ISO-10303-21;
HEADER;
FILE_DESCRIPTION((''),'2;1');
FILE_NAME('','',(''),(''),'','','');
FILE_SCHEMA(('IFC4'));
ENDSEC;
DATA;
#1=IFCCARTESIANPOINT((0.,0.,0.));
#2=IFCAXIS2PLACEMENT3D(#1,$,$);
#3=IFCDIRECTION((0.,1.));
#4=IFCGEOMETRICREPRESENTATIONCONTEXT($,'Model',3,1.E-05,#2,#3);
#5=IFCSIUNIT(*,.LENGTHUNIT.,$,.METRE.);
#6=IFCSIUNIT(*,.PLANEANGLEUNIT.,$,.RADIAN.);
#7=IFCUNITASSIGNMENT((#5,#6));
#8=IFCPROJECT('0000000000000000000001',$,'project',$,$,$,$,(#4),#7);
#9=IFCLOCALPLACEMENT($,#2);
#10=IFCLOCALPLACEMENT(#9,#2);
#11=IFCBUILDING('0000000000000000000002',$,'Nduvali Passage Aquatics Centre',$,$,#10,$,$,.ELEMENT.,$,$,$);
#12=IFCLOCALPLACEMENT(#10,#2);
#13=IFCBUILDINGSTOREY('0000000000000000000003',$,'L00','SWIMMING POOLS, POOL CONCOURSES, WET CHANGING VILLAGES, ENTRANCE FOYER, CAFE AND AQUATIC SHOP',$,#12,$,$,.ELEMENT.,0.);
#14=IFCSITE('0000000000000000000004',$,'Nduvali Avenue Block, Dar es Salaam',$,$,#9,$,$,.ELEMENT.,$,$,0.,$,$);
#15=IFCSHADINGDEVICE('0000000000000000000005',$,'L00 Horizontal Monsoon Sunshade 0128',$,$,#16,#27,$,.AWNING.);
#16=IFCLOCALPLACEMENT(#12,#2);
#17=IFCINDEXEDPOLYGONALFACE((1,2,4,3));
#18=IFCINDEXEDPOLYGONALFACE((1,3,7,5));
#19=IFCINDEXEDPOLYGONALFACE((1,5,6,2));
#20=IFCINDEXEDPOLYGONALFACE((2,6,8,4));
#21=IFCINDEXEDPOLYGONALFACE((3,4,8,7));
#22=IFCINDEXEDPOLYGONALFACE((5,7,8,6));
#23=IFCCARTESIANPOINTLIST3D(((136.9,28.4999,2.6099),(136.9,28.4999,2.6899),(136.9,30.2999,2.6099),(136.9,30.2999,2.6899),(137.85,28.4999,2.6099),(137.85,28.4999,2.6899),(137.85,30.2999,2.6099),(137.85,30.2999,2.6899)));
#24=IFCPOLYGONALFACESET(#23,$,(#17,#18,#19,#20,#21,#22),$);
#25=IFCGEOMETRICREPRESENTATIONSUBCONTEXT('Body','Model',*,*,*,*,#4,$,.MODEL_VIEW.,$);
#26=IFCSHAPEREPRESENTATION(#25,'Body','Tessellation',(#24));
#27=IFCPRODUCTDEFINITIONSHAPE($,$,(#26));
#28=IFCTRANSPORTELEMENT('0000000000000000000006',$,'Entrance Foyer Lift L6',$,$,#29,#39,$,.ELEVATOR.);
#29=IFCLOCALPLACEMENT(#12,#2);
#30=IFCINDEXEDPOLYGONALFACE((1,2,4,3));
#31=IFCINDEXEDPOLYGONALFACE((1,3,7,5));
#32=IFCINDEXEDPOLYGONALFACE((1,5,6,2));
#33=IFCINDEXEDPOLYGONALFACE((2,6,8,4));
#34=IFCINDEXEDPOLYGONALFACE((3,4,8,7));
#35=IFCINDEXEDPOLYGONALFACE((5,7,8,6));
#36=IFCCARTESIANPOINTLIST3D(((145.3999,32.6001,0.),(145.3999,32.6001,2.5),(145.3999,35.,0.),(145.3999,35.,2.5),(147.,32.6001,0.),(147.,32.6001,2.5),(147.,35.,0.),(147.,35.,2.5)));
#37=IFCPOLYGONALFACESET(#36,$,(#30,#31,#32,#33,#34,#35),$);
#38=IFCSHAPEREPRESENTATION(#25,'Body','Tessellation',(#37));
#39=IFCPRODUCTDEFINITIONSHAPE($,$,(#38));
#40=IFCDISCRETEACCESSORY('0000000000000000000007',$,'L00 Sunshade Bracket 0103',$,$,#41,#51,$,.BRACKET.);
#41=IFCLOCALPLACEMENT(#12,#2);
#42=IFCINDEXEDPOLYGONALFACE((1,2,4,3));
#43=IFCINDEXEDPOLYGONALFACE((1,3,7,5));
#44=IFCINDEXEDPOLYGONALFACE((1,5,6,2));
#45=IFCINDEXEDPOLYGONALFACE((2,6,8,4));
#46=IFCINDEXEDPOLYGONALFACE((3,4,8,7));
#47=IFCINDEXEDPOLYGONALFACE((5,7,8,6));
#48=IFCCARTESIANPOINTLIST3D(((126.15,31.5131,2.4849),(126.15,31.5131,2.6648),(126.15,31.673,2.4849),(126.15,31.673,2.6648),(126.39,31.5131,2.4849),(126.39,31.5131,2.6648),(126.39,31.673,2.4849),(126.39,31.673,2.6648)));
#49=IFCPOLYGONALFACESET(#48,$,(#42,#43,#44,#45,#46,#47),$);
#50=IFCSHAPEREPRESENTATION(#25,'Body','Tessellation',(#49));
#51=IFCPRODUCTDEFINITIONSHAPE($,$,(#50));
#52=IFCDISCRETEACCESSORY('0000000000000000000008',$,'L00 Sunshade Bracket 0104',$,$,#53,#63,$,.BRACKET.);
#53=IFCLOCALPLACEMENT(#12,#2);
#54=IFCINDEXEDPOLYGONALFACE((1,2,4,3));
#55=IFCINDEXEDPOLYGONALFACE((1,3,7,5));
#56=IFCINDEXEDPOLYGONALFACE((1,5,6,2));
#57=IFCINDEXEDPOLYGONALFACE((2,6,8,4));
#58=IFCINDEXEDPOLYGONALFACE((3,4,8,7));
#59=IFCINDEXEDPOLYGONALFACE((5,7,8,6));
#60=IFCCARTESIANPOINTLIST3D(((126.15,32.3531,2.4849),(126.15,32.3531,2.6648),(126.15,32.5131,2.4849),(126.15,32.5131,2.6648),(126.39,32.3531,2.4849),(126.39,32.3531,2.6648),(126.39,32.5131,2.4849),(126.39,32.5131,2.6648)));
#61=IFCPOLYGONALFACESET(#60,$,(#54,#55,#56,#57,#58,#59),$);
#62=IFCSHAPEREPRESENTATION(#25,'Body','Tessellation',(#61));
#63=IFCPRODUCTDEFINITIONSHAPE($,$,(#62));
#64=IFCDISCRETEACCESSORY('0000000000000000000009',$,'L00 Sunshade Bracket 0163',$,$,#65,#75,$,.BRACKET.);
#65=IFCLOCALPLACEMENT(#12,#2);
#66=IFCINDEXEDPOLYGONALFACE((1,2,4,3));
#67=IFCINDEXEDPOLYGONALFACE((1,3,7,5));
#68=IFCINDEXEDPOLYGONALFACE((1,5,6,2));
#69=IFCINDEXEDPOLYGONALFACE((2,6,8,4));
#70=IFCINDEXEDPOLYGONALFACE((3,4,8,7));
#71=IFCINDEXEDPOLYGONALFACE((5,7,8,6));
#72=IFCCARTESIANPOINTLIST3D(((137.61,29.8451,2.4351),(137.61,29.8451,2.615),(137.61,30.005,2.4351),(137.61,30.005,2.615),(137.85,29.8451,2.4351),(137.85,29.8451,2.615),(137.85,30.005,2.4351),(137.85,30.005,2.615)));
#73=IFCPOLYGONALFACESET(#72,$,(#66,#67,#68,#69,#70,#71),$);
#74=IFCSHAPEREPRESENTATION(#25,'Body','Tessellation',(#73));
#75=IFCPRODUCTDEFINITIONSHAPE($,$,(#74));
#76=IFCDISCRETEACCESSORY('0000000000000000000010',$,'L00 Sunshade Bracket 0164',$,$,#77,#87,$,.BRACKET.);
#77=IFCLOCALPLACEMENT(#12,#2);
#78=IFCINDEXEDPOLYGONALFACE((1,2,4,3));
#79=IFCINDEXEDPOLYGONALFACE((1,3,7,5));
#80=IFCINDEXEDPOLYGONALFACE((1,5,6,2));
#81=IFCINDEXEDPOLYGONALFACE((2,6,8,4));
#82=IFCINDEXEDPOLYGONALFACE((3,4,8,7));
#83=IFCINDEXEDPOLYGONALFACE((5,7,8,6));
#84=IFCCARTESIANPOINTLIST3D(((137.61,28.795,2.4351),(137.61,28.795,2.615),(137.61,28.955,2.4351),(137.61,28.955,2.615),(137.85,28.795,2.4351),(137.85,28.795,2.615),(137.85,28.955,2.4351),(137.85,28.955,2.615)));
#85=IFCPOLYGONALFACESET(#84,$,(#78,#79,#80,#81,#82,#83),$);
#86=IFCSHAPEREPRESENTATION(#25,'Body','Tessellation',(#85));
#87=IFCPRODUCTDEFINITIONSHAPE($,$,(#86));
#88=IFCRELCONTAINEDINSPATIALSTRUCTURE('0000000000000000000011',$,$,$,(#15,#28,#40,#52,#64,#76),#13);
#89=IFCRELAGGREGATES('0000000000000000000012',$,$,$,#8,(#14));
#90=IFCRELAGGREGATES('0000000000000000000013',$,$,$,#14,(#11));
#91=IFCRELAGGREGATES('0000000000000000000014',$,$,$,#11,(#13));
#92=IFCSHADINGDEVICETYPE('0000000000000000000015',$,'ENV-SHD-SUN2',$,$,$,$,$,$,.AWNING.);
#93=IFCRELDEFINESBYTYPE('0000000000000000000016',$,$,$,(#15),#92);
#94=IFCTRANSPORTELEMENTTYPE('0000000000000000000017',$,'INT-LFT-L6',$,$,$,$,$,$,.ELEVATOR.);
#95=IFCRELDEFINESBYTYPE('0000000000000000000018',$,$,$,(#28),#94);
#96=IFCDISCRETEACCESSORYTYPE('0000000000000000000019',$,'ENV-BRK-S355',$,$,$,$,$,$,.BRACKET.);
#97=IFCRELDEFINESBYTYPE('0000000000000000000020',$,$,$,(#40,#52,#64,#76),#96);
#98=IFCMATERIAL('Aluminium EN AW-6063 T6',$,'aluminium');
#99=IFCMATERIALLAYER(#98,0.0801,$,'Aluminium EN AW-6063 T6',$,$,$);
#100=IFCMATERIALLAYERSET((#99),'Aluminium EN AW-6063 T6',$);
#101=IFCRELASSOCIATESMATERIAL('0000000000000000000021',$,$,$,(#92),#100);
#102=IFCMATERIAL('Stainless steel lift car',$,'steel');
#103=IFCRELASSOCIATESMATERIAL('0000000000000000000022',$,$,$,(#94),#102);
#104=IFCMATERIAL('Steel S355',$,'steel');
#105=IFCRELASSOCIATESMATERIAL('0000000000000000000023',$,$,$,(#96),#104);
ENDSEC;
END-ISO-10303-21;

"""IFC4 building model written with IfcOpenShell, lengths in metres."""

from ifc_helpers import new_model, si_unit, direction, frame, origin, origin_2d, place, context, subcontext, project, spatial, rectangle, extrude, material, layer, layer_set, type_object, element, save


model = new_model("IFC4")

# Units and contexts
model_context = context("Model", 3, precision=1e-05, world=origin(), true_north=direction((0.0, 1.0)))
body_context = subcontext(model_context, "Body", "Model", "MODEL_VIEW")
ifc_project = project(units=[si_unit("LENGTHUNIT", "METRE"), si_unit("PLANEANGLEUNIT", "RADIAN")], contexts=[model_context])

# Site, building, storey
site_placement = place(None, origin())
site = spatial("IfcSite", under=ifc_project, at=site_placement, Name="Nduvali Avenue Block, Dar es Salaam", CompositionType="ELEMENT", RefElevation=0.0)
building_placement = place(site_placement, origin())
building = spatial("IfcBuilding", under=site, at=building_placement, Name="Nduvali Passage Aquatics Centre", CompositionType="ELEMENT")
storey_placement = place(building_placement, origin())
storey = spatial("IfcBuildingStorey", under=building, at=storey_placement, Name="L00", Description="SWIMMING POOLS, POOL CONCOURSES, WET CHANGING VILLAGES, ENTRANCE FOYER, CAFE AND AQUATIC SHOP", CompositionType="ELEMENT", Elevation=0.0)

# Shared definitions
ifc_material_1 = material(Name="Steel S355", Category="steel")

# Shared definitions
ifc_material_2 = material(Name="Aluminium EN AW-6063 T6", Category="aluminium")

# Shading device
ifc_layer_1 = layer(ifc_material_2, 0.0801, Name="Aluminium EN AW-6063 T6")
ifc_layer_set_1 = layer_set([ifc_layer_1], Name="Aluminium EN AW-6063 T6")
shading_device_type = type_object("IfcShadingDeviceType", Name="ENV-SHD-SUN2", PredefinedType="AWNING", material=ifc_layer_set_1)
shading_device_1_placement = place(storey_placement, frame((137.375, 29.3999, 2.6099), z_axis=(0.0, 0.0, 1.0), x_axis=(0.0, -1.0, 0.0)))
element("IfcShadingDevice", 1, at=shading_device_1_placement, inside=storey, type_object=shading_device_type, Name="L00 Horizontal Monsoon Sunshade 0128", PredefinedType="AWNING", context=body_context, shape_type="SweptSolid", body=[
    extrude(rectangle(XDim=1.8, YDim=0.95, at=origin_2d()), origin(), (0.0, 0.0, 1.0), 0.0801),
])

# Transport element
ifc_material_3 = material(Name="Stainless steel lift car", Category="steel")
transport_element_type = type_object("IfcTransportElementType", Name="INT-LFT-L6", PredefinedType="ELEVATOR", material=ifc_material_3)
transport_element_placement = place(storey_placement, frame((146.2, 33.8, 0.0), z_axis=(0.0, 0.0, 1.0), x_axis=(1.0, 0.0, 0.0)))
element("IfcTransportElement", 2, at=transport_element_placement, inside=storey, type_object=transport_element_type, Name="Entrance Foyer Lift L6", PredefinedType="ELEVATOR", context=body_context, shape_type="SweptSolid", body=[
    extrude(rectangle(XDim=1.6001, YDim=2.3999, at=origin_2d()), origin(), (0.0, 0.0, 1.0), 2.5),
])

# Discrete accessories
discrete_accessory_type = type_object("IfcDiscreteAccessoryType", Name="ENV-BRK-S355", PredefinedType="BRACKET", material=ifc_material_1)
for number, where, z_axis, x_axis, name in (
    (3, (126.27, 31.593, 2.4849), (0.0, 0.0, 1.0), (0.0, 1.0, 0.0), "L00 Sunshade Bracket 0103"),
    (4, (126.27, 32.4331, 2.4849), (0.0, 0.0, 1.0), (0.0, 1.0, 0.0), "L00 Sunshade Bracket 0104"),
    (5, (137.73, 29.925, 2.4351), (0.0, 0.0, 1.0), (0.0, -1.0, 0.0), "L00 Sunshade Bracket 0163"),
    (6, (137.73, 28.875, 2.4351), (0.0, 0.0, 1.0), (0.0, -1.0, 0.0), "L00 Sunshade Bracket 0164"),
):
    element("IfcDiscreteAccessory", number, at=place(storey_placement, frame(where, z_axis=z_axis, x_axis=x_axis)), inside=storey, type_object=discrete_accessory_type, Name=name, PredefinedType="BRACKET", context=body_context, shape_type="SweptSolid", body=[
        extrude(rectangle(XDim=0.1599, YDim=0.24, at=origin_2d()), origin(), (0.0, 0.0, 1.0), 0.1799),
    ])

save(model, "model.ifc")
